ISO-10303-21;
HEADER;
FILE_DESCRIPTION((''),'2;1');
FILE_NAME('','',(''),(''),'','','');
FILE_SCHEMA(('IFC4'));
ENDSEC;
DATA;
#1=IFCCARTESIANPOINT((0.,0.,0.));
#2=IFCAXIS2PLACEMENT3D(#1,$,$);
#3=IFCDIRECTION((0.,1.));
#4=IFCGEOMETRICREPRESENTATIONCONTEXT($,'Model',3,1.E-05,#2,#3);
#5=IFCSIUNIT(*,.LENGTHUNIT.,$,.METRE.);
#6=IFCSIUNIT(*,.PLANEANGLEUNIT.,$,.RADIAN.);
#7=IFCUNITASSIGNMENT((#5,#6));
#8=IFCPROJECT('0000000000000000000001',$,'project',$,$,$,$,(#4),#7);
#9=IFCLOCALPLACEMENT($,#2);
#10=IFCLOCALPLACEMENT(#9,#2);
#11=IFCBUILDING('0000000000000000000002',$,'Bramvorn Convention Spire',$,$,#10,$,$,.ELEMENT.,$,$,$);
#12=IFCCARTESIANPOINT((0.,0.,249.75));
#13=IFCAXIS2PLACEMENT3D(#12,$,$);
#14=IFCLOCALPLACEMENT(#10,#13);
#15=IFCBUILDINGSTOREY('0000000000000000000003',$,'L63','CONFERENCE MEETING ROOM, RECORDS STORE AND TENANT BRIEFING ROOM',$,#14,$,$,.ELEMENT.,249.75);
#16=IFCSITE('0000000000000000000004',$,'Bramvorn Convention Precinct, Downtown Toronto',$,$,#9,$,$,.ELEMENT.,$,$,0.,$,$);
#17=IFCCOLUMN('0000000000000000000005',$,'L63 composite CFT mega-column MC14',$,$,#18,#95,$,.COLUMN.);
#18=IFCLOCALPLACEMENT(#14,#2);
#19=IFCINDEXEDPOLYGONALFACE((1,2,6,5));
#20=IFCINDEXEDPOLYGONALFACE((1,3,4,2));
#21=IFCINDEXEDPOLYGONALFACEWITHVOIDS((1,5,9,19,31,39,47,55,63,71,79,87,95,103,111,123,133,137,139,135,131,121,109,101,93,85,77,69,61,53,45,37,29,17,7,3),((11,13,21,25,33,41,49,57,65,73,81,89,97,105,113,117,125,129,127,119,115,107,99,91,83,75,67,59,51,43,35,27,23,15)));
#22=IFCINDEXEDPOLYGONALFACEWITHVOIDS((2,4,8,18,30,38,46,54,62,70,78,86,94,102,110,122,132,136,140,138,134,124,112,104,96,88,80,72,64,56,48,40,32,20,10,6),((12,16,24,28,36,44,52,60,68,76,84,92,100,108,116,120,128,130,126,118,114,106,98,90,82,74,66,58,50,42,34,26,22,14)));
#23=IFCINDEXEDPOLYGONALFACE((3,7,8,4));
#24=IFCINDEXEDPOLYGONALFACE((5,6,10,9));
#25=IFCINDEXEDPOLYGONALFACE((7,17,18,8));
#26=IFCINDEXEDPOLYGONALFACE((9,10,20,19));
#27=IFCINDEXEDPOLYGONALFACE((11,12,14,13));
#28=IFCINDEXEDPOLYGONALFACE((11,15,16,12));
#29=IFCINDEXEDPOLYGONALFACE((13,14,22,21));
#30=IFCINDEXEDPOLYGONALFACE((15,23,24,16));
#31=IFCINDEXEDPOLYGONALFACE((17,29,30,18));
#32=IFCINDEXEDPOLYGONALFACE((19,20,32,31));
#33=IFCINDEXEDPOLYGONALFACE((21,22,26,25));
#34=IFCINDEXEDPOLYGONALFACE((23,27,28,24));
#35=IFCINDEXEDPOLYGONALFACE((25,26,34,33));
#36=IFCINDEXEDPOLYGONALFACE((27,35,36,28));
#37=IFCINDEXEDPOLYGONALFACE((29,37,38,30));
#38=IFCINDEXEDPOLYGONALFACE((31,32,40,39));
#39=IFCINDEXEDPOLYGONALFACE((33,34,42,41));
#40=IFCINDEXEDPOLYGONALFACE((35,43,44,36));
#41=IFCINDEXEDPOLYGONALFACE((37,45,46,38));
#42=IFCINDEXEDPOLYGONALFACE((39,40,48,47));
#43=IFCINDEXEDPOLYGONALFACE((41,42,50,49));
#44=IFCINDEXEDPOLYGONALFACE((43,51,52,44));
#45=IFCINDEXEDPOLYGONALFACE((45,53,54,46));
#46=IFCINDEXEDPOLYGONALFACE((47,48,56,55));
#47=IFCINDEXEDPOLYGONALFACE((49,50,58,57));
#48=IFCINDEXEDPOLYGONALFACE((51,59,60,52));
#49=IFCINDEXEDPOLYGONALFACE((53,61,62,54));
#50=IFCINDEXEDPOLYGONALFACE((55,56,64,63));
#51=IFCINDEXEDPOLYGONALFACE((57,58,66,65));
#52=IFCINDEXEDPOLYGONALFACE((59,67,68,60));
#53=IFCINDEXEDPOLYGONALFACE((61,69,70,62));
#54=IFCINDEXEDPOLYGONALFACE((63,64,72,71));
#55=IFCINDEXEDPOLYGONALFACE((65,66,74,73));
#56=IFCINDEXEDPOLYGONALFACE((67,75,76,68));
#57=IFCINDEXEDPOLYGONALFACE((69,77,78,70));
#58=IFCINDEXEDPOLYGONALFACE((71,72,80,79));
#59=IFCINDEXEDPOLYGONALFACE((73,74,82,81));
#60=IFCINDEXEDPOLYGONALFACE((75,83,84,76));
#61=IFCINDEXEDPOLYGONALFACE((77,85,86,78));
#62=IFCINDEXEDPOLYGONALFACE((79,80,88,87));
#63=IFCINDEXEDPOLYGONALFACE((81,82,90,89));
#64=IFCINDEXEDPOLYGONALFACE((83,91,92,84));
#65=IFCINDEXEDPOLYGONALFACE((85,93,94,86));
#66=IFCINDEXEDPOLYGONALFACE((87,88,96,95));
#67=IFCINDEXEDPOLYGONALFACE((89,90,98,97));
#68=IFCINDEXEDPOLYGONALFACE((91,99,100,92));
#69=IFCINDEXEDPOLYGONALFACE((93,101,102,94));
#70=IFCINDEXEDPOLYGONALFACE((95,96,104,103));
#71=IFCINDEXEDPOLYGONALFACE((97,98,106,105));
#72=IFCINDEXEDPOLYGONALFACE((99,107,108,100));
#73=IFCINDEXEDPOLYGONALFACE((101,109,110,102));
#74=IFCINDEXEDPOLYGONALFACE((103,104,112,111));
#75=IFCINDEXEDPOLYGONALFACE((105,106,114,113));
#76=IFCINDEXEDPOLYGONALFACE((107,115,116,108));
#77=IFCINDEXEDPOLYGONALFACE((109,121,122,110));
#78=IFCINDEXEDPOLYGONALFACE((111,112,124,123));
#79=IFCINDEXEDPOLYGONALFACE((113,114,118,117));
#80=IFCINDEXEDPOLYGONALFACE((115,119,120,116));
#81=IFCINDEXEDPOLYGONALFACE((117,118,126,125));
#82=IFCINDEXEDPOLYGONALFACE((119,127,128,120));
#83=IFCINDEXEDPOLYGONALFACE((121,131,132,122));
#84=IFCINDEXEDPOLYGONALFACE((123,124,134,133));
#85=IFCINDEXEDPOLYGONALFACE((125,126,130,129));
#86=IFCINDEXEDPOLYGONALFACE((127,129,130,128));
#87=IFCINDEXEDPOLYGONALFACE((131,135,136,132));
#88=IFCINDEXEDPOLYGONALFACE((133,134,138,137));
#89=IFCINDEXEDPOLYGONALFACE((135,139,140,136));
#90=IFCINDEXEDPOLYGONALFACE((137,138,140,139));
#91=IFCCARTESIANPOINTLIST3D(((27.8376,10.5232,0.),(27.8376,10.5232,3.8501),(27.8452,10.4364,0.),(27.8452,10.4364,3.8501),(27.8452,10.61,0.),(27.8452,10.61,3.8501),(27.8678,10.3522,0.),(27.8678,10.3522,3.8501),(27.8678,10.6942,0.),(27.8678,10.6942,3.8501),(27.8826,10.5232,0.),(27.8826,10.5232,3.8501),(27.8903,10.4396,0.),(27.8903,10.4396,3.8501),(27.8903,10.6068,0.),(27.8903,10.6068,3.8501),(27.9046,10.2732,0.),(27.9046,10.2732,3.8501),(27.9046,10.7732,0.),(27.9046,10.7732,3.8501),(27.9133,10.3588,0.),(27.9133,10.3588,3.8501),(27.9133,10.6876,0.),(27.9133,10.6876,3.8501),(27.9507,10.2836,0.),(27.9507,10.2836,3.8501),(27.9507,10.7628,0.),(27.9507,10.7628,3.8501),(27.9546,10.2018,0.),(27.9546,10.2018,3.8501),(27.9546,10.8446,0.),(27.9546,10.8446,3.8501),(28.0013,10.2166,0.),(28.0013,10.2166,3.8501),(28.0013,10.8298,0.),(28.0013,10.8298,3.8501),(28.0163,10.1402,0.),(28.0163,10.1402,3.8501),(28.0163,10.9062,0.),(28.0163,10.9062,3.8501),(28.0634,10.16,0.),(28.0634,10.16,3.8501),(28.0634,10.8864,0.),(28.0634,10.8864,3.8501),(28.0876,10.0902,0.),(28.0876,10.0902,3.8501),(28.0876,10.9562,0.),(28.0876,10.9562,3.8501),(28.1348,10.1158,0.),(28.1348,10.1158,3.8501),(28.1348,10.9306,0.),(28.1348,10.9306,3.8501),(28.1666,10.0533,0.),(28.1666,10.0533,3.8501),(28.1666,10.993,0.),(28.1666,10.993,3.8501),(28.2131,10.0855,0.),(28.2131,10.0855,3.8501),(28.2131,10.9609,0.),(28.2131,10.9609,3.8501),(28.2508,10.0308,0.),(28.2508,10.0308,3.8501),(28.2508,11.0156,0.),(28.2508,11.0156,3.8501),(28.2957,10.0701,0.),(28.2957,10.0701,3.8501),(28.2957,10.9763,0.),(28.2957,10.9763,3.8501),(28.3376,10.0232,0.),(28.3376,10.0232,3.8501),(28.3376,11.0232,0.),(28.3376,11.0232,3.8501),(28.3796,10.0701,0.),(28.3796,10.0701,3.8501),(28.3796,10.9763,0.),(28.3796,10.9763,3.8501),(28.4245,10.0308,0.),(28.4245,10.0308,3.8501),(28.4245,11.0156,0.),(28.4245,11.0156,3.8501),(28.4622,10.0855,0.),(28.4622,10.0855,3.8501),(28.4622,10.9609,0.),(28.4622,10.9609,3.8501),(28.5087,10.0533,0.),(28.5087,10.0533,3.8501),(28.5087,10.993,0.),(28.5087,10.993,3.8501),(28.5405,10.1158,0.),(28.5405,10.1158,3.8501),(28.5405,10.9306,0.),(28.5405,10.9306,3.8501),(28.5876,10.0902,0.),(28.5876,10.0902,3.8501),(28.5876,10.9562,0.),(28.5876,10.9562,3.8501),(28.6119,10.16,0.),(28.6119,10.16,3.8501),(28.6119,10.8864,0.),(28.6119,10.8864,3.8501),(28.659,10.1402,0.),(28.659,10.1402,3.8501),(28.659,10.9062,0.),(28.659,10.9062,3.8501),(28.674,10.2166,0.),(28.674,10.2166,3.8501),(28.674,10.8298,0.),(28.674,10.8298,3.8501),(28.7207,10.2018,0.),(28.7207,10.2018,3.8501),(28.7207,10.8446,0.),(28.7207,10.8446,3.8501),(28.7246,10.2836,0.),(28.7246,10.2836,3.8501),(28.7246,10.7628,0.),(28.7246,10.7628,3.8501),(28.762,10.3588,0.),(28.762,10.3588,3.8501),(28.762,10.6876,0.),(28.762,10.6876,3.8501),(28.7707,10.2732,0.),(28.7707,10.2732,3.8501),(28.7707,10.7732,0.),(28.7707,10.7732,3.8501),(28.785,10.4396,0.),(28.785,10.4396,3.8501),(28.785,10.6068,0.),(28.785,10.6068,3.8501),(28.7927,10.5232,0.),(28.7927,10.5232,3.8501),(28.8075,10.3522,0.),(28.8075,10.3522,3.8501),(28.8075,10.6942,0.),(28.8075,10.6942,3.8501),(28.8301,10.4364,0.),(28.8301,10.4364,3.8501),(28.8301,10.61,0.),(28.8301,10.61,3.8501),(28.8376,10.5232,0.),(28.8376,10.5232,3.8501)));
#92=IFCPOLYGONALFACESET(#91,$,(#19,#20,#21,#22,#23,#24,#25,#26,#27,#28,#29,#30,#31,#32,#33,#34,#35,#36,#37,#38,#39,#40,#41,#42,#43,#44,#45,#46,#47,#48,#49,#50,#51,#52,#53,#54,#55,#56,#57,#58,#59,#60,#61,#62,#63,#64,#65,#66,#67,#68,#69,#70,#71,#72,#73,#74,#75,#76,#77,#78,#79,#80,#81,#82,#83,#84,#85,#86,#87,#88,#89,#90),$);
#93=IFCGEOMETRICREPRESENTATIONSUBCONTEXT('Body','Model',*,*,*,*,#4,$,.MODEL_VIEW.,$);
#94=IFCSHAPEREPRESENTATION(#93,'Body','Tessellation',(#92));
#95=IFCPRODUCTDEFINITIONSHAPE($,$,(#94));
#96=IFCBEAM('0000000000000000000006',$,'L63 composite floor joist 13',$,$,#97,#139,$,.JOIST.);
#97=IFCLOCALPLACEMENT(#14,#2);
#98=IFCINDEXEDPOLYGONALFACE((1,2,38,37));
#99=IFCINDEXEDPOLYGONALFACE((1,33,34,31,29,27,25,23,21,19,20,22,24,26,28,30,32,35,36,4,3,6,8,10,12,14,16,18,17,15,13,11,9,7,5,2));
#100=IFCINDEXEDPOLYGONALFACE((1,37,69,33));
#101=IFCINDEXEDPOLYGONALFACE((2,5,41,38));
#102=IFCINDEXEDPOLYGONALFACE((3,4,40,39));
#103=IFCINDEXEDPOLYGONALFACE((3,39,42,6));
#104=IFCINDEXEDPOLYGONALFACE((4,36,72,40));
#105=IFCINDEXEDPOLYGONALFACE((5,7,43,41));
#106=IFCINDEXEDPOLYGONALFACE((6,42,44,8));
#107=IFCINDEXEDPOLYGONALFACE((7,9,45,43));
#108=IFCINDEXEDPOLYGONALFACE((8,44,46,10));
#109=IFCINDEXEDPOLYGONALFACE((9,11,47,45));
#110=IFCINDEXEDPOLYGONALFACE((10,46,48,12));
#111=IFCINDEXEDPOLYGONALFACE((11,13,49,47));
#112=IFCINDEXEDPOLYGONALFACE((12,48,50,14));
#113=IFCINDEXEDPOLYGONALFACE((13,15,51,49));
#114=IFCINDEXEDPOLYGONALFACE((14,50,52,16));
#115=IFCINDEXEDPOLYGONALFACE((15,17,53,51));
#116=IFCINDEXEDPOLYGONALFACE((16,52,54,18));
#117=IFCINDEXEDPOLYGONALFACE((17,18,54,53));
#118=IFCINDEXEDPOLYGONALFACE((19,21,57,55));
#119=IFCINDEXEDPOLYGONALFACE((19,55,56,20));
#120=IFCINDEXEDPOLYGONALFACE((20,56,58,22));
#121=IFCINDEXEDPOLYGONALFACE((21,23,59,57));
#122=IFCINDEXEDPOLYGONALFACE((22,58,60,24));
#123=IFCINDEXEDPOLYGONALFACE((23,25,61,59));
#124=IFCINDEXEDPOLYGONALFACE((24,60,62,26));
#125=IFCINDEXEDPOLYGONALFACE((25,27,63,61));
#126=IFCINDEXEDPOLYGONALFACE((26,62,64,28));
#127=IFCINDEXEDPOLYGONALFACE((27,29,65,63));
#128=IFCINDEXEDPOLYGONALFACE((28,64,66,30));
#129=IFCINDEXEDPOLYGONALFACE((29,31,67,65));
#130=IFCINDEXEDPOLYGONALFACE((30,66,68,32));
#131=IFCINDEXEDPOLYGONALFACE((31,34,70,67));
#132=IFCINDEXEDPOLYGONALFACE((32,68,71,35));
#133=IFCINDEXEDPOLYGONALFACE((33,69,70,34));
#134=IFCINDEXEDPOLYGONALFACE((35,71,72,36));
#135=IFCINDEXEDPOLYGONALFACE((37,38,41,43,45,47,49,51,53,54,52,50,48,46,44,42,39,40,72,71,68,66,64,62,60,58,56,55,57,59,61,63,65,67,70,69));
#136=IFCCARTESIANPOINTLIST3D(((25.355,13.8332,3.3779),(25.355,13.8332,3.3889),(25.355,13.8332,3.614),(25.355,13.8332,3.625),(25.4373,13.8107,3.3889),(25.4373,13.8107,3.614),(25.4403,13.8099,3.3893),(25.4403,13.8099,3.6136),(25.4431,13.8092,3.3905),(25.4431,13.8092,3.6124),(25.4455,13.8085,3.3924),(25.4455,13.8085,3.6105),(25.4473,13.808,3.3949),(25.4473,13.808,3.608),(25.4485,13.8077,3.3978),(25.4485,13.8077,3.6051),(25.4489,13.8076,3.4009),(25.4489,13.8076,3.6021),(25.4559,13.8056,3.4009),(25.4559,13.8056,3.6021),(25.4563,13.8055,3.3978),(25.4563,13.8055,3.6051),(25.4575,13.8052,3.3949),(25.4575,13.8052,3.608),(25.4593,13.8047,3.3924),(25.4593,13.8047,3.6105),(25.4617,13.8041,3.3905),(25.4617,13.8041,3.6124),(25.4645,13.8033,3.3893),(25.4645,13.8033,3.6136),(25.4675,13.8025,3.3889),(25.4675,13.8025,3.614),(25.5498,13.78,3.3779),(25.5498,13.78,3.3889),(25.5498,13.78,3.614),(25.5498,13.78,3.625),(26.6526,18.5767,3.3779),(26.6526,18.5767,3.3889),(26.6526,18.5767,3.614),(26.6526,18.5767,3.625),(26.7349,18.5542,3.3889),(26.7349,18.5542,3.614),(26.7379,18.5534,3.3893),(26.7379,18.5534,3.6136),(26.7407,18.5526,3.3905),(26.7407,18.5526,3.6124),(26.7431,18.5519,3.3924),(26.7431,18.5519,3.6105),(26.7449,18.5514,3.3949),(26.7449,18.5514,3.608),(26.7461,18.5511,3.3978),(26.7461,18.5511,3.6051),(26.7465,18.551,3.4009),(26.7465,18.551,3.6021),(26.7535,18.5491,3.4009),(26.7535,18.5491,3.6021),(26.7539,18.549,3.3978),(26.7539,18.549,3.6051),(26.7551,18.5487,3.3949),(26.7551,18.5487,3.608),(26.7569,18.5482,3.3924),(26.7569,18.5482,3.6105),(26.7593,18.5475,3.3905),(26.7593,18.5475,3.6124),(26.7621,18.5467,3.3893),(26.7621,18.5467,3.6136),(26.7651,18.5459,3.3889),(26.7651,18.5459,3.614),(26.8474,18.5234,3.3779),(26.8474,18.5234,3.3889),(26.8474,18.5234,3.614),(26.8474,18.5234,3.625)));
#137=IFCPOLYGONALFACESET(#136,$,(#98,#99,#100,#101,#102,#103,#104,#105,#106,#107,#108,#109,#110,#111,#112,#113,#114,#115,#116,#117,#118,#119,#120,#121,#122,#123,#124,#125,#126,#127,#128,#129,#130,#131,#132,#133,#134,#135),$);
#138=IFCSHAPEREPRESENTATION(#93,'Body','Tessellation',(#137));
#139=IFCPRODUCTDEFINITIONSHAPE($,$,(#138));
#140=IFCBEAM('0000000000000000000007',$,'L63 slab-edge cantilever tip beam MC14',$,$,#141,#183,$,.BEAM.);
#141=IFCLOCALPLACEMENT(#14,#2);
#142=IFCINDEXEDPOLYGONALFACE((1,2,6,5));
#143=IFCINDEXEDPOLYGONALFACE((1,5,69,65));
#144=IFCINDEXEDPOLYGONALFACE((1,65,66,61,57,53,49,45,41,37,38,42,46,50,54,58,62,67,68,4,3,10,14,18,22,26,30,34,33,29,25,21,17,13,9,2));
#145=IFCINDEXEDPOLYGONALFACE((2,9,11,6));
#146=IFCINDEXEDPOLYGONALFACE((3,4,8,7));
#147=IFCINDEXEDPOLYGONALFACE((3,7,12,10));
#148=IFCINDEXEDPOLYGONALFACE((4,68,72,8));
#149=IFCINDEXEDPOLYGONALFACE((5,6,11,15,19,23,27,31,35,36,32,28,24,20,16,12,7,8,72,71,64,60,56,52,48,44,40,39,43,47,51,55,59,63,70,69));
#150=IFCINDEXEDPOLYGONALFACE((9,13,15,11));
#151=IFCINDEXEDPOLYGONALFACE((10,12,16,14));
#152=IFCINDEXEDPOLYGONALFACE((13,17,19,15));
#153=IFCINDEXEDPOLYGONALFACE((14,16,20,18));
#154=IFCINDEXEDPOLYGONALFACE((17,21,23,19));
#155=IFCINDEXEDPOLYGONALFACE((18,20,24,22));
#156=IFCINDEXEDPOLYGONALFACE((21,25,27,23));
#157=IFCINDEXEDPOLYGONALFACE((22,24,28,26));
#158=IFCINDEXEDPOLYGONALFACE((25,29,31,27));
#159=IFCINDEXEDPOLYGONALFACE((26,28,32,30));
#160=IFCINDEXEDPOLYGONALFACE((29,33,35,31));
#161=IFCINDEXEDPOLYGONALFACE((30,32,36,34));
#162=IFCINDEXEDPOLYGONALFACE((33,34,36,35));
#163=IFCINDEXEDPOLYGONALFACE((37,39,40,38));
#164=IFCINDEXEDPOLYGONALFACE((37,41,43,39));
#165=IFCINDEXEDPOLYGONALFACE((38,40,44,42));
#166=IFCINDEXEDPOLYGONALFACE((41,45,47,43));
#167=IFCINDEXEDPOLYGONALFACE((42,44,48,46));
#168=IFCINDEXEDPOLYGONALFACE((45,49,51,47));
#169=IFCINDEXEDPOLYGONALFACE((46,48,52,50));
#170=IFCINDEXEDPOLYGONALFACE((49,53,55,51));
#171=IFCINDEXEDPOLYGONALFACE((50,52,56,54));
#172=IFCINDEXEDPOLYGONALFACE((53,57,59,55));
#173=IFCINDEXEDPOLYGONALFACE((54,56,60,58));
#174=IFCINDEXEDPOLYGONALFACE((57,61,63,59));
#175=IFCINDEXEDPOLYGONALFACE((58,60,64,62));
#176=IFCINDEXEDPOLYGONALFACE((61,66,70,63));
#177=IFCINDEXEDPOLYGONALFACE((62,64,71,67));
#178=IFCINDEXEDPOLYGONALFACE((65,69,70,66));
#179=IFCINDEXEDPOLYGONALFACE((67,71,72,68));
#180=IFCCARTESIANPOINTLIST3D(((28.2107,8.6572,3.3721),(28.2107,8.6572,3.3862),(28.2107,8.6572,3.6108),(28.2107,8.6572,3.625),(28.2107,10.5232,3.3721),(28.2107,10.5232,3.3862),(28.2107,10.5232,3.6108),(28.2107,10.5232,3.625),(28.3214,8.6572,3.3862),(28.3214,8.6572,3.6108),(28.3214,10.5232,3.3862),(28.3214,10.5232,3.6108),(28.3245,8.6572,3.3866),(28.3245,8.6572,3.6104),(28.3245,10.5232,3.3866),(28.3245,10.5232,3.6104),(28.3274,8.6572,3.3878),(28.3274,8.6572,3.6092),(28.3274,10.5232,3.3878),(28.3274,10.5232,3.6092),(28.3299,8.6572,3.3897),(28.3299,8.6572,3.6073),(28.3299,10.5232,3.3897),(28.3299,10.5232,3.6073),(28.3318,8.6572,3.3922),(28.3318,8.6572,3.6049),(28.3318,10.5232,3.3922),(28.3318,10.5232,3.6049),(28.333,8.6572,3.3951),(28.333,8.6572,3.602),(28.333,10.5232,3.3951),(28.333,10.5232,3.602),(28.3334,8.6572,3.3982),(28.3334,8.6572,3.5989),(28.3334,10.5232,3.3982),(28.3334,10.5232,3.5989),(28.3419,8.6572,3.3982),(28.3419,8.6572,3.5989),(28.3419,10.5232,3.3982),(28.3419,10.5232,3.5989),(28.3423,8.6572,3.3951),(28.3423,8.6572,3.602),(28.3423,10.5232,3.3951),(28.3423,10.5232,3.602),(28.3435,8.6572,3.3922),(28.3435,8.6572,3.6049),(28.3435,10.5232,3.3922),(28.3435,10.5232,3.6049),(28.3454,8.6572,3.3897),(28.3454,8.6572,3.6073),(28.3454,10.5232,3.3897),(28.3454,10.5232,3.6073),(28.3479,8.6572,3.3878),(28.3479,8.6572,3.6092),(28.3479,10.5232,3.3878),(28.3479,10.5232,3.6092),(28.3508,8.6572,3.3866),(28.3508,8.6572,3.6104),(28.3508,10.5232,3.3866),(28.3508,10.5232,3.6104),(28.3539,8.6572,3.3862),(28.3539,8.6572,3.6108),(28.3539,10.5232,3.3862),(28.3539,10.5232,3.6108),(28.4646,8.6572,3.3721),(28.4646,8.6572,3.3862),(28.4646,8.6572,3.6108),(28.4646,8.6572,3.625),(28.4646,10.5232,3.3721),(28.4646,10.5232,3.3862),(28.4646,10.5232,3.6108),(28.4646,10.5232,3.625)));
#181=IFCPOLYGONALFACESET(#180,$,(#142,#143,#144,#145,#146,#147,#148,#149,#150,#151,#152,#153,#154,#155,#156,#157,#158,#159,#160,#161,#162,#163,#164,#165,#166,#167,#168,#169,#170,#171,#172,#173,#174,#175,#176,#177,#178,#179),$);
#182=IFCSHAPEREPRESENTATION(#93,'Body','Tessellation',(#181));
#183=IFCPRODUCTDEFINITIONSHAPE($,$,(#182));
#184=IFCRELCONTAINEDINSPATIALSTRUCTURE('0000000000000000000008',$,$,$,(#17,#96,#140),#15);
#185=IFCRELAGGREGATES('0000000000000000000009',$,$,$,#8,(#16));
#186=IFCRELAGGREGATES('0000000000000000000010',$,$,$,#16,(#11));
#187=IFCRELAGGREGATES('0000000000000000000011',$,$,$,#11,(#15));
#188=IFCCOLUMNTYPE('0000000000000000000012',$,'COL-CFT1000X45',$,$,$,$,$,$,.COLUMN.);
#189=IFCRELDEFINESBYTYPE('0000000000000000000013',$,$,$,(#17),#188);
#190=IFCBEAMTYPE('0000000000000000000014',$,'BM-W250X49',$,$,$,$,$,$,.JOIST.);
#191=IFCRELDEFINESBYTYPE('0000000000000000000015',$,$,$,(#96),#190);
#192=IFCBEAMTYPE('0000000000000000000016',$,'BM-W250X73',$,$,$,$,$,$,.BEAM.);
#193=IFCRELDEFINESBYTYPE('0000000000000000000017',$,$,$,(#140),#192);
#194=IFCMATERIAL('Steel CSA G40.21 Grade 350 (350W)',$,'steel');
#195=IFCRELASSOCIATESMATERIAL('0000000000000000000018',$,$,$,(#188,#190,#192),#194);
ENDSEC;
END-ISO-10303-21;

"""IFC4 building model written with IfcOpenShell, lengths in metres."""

from ifc_helpers import new_model, si_unit, direction, frame, origin, origin_2d, place, context, subcontext, project, spatial, hollow_circle, i_section, extrude, material, material_profile, profile_set, type_object, element, save


model = new_model("IFC4")

# Units and contexts
model_context = context("Model", 3, precision=1e-05, world=origin(), true_north=direction((0.0, 1.0)))
body_context = subcontext(model_context, "Body", "Model", "MODEL_VIEW")
ifc_project = project(units=[si_unit("LENGTHUNIT", "METRE"), si_unit("PLANEANGLEUNIT", "RADIAN")], contexts=[model_context])

# Site, building, storey
site_placement = place(None, origin())
site = spatial("IfcSite", under=ifc_project, at=site_placement, Name="Bramvorn Convention Precinct, Downtown Toronto", CompositionType="ELEMENT", RefElevation=0.0)
building_placement = place(site_placement, origin())
building = spatial("IfcBuilding", under=site, at=building_placement, Name="Bramvorn Convention Spire", CompositionType="ELEMENT")
storey_placement = place(building_placement, frame((0.0, 0.0, 249.75)))
storey = spatial("IfcBuildingStorey", under=building, at=storey_placement, Name="L63", Description="CONFERENCE MEETING ROOM, RECORDS STORE AND TENANT BRIEFING ROOM", CompositionType="ELEMENT", Elevation=249.75)

# Column
ifc_material_1 = material(Name="Steel CSA G40.21 Grade 350 (350W)", Category="steel")
ifc_material_profile_1 = material_profile(ifc_material_1, hollow_circle(Radius=0.5, WallThickness=0.0449, at=origin_2d()))
ifc_profile_set_1 = profile_set([ifc_material_profile_1], Name="Steel CSA G40.21 Grade 350 (350W) - CFT1000X45")
column_type = type_object("IfcColumnType", Name="COL-CFT1000X45", PredefinedType="COLUMN", material=ifc_profile_set_1)
column_placement = place(storey_placement, frame((28.3376, 10.5232, 0.0), z_axis=(0.0, 0.0, 1.0), x_axis=(1.0, 0.0, 0.0)))
element("IfcColumn", 1, at=column_placement, inside=storey, type_object=column_type, Name="L63 composite CFT mega-column MC14", PredefinedType="COLUMN", context=body_context, shape_type="SweptSolid", body=[
    extrude(hollow_circle(Radius=0.5, WallThickness=0.0449, at=origin_2d()), origin(), (0.0, 0.0, 1.0), 3.8501),
])

# Beams
ifc_material_profile_2 = material_profile(ifc_material_1, i_section(OverallWidth=0.2019, OverallDepth=0.2471, WebThickness=0.0073, FlangeThickness=0.011, FilletRadius=0.012, at=origin_2d()))
ifc_profile_set_2 = profile_set([ifc_material_profile_2], Name="Steel CSA G40.21 Grade 350 (350W) - W250X49")
beam_type_1 = type_object("IfcBeamType", Name="BM-W250X49", PredefinedType="JOIST", material=ifc_profile_set_2)
beam_1_placement = place(storey_placement, frame((26.75, 18.55, 3.5015), z_axis=(-0.263865, -0.96456, 0.0), x_axis=(0.96456, -0.263865, 0.0)))
element("IfcBeam", 2, at=beam_1_placement, inside=storey, type_object=beam_type_1, Name="L63 composite floor joist 13", PredefinedType="JOIST", context=body_context, shape_type="SweptSolid", body=[
    extrude(i_section(OverallWidth=0.2019, OverallDepth=0.2471, WebThickness=0.0073, FlangeThickness=0.011, FilletRadius=0.012, at=origin_2d()), origin(), (0.0, 0.0, 1.0), 4.9177),
])
ifc_material_profile_3 = material_profile(ifc_material_1, i_section(OverallWidth=0.2539, OverallDepth=0.2529, WebThickness=0.0085, FlangeThickness=0.0142, FilletRadius=0.012, at=origin_2d()))
ifc_profile_set_3 = profile_set([ifc_material_profile_3], Name="Steel CSA G40.21 Grade 350 (350W) - W250X73")
beam_type_2 = type_object("IfcBeamType", Name="BM-W250X73", PredefinedType="BEAM", material=ifc_profile_set_3)
beam_2_placement = place(storey_placement, frame((28.3376, 10.5232, 3.4985), z_axis=(0.0, -1.0, 0.0), x_axis=(1.0, 0.0, 0.0)))
element("IfcBeam", 3, at=beam_2_placement, inside=storey, type_object=beam_type_2, Name="L63 slab-edge cantilever tip beam MC14", PredefinedType="BEAM", context=body_context, shape_type="SweptSolid", body=[
    extrude(i_section(OverallWidth=0.2539, OverallDepth=0.2529, WebThickness=0.0085, FlangeThickness=0.0142, FilletRadius=0.012, at=origin_2d()), origin(), (0.0, 0.0, 1.0), 1.866),
])

save(model, "model.ifc")
